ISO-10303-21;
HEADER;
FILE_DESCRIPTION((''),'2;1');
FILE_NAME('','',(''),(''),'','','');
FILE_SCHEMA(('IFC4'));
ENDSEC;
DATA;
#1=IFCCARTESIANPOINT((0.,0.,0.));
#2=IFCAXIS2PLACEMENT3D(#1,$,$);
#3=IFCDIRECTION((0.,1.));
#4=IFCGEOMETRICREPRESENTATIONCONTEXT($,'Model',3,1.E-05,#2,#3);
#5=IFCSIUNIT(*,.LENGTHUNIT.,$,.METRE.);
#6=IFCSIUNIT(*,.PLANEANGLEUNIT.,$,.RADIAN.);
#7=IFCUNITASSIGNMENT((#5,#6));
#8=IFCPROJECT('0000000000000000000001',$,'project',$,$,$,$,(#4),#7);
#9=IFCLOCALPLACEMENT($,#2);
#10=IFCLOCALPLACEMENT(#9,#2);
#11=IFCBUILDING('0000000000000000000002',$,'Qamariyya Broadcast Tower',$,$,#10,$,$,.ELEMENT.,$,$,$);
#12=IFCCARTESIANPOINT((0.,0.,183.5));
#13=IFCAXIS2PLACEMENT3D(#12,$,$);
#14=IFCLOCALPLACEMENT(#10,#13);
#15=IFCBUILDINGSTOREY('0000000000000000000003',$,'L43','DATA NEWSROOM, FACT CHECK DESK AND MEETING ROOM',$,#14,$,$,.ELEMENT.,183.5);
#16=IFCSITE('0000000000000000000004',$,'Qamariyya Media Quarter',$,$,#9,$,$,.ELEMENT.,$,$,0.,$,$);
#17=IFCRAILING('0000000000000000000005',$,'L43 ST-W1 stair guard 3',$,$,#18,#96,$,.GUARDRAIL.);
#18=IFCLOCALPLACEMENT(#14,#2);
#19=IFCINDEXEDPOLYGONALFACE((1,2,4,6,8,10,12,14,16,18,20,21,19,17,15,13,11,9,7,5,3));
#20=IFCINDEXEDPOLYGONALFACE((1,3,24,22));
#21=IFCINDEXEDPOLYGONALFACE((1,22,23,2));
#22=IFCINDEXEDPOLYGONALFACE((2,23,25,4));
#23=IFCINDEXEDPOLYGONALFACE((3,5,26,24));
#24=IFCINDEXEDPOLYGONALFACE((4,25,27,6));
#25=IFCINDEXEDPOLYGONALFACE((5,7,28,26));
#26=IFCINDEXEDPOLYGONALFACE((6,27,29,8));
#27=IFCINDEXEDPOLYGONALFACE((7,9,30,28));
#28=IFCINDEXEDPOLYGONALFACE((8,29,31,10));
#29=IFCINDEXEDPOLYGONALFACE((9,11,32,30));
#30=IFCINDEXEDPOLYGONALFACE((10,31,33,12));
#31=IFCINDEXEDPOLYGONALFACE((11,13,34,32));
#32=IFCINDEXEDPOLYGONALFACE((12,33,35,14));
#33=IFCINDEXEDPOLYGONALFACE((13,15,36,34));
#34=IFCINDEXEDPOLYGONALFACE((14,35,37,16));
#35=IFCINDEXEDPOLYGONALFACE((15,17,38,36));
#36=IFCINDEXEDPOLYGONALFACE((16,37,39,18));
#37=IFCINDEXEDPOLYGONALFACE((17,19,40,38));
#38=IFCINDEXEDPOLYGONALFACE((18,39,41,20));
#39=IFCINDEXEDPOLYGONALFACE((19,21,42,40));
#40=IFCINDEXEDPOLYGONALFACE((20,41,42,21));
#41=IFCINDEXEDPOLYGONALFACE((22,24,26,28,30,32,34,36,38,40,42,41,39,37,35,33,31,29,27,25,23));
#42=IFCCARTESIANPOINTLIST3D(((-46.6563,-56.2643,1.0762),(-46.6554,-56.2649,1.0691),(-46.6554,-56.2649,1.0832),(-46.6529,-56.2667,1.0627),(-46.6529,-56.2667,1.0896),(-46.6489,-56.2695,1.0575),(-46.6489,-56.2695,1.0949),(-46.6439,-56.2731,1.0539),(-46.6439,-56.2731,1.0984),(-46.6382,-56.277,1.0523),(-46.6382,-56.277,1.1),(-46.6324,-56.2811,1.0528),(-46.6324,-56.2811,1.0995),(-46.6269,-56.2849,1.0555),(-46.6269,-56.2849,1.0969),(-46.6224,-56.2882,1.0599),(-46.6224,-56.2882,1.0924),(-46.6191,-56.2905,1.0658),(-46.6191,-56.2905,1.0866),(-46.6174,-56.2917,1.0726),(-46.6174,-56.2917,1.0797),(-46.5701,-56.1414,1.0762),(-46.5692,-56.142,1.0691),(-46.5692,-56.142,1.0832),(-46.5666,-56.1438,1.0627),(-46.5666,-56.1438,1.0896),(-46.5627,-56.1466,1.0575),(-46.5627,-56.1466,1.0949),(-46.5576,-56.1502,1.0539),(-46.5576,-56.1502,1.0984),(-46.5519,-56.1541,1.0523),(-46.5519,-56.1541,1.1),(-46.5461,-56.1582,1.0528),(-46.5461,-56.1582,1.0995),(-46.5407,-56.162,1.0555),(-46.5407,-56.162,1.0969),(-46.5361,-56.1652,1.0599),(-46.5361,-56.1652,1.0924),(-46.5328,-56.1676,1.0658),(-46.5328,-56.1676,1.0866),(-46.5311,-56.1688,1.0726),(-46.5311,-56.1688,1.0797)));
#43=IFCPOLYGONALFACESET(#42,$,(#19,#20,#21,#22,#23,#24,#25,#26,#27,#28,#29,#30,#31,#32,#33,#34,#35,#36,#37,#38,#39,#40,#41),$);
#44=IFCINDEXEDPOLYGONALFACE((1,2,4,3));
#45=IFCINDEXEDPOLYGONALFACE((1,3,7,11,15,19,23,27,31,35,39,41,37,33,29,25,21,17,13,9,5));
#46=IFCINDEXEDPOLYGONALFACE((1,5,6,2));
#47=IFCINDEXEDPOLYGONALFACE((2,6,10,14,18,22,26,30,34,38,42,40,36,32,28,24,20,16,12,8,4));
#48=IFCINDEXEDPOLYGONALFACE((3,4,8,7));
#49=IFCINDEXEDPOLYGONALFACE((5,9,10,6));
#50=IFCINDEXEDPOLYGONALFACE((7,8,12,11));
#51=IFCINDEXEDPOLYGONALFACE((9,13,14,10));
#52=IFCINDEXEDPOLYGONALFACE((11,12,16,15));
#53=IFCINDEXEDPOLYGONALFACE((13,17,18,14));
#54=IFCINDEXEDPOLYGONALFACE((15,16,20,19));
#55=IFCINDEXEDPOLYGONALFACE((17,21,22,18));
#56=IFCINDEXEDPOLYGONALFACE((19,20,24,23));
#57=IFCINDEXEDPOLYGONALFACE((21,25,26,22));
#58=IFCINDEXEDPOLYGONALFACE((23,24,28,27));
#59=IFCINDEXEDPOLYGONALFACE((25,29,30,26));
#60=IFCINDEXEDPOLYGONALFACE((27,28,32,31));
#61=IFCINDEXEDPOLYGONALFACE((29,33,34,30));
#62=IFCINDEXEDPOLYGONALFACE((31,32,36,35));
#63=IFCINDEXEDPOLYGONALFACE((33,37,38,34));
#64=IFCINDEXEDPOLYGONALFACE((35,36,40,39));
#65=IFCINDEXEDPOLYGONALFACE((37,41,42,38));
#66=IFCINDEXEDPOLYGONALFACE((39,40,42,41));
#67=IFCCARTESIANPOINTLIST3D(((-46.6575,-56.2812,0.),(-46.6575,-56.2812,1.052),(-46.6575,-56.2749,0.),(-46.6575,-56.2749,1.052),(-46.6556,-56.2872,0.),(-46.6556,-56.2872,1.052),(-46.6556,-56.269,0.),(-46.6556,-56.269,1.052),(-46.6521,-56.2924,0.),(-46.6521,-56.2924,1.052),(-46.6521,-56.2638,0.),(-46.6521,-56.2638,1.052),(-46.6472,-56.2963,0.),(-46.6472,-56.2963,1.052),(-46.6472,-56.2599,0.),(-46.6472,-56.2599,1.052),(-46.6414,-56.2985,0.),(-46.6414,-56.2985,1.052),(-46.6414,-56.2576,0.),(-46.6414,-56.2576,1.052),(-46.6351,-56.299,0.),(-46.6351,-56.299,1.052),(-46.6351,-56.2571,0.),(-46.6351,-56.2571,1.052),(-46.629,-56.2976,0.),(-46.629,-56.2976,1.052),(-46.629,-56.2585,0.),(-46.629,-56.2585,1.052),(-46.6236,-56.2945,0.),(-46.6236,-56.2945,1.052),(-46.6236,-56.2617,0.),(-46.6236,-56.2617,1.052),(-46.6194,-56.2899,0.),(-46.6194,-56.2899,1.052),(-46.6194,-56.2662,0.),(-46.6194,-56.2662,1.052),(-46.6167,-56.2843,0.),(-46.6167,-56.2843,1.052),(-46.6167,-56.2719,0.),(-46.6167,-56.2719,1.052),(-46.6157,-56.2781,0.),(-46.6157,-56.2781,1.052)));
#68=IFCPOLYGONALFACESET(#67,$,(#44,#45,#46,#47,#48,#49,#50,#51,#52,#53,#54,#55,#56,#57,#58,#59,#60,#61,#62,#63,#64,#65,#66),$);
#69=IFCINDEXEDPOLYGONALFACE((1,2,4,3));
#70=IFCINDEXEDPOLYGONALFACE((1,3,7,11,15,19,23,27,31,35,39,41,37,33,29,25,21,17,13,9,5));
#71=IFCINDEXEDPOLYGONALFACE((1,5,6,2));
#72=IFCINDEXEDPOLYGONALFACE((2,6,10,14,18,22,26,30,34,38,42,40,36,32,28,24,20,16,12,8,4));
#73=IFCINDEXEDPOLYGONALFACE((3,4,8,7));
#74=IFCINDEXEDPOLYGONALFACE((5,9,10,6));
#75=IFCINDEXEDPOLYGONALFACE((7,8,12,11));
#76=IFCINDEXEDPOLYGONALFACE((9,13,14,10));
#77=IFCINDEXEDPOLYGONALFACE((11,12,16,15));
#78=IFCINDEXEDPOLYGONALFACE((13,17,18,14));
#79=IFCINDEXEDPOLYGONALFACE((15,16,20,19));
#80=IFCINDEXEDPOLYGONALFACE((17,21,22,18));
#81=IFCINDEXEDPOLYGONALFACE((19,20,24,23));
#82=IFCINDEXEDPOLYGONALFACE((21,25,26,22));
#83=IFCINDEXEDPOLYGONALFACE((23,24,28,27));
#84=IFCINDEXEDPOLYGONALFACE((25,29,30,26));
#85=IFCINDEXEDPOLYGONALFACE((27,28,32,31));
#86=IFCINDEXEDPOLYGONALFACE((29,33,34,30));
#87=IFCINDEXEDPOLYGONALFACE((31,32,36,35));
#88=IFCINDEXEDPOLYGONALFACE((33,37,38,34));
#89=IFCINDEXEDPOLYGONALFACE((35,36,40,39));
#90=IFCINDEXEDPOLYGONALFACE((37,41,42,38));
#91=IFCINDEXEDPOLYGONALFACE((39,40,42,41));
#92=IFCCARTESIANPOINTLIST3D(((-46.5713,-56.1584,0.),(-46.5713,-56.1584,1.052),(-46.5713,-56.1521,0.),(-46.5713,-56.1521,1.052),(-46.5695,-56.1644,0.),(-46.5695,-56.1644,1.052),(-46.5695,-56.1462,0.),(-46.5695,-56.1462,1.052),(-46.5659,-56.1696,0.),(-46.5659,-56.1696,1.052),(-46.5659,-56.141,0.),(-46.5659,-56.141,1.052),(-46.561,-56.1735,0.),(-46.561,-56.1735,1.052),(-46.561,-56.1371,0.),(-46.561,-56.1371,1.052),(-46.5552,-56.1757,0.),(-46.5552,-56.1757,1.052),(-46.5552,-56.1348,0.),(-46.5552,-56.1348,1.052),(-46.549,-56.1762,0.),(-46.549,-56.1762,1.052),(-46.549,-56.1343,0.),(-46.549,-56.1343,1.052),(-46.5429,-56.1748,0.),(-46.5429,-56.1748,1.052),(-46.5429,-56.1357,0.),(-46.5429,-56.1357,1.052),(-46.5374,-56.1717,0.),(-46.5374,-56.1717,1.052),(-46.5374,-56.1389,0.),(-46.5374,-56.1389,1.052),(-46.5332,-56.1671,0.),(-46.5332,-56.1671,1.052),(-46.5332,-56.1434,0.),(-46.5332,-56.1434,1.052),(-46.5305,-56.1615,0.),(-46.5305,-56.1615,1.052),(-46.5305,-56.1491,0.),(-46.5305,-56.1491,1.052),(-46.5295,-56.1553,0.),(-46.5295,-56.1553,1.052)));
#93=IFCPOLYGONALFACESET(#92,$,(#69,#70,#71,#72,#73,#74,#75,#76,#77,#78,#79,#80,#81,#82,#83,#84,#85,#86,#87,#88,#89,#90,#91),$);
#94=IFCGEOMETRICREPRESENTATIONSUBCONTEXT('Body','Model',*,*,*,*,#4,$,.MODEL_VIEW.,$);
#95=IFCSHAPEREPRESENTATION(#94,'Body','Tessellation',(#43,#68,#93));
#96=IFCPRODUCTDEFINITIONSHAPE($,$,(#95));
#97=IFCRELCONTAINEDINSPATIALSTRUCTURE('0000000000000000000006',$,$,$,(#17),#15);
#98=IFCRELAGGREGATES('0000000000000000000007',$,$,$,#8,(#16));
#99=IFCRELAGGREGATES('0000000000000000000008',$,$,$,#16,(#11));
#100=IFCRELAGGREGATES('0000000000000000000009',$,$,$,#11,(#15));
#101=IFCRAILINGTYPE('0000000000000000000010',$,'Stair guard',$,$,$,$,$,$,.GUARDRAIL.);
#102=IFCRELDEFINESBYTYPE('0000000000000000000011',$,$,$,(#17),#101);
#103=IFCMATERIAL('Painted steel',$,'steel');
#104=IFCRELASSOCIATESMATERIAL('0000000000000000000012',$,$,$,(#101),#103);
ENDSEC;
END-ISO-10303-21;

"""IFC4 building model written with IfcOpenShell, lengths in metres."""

from ifc_helpers import new_model, si_unit, direction, frame, origin, origin_2d, place, context, subcontext, project, spatial, circle, extrude, material, type_object, element, save


model = new_model("IFC4")

# Units and contexts
model_context = context("Model", 3, precision=1e-05, world=origin(), true_north=direction((0.0, 1.0)))
body_context = subcontext(model_context, "Body", "Model", "MODEL_VIEW")
ifc_project = project(units=[si_unit("LENGTHUNIT", "METRE"), si_unit("PLANEANGLEUNIT", "RADIAN")], contexts=[model_context])

# Site, building, storey
site_placement = place(None, origin())
site = spatial("IfcSite", under=ifc_project, at=site_placement, Name="Qamariyya Media Quarter", CompositionType="ELEMENT", RefElevation=0.0)
building_placement = place(site_placement, origin())
building = spatial("IfcBuilding", under=site, at=building_placement, Name="Qamariyya Broadcast Tower", CompositionType="ELEMENT")
storey_placement = place(building_placement, frame((0.0, 0.0, 183.5)))
storey = spatial("IfcBuildingStorey", under=building, at=storey_placement, Name="L43", Description="DATA NEWSROOM, FACT CHECK DESK AND MEETING ROOM", CompositionType="ELEMENT", Elevation=183.5)

# Railing
ifc_material_1 = material(Name="Painted steel", Category="steel")
railing_type_1 = type_object("IfcRailingType", Name="Stair guard", PredefinedType="GUARDRAIL", material=ifc_material_1)
railing_1_placement = place(storey_placement, frame((-46.6367, -56.2781, 0.0)))
element("IfcRailing", 1, at=railing_1_placement, inside=storey, type_object=railing_type_1, Name="L43 ST-W1 stair guard 3", PredefinedType="GUARDRAIL", context=body_context, shape_type="SweptSolid", body=[
    extrude(circle(Radius=0.0239, at=origin_2d()), frame((0.0, 0.0, 1.0762), z_axis=(0.574445, 0.818543, 0.0), x_axis=(-0.818543, 0.574445, 0.0)), (0.0, 0.0, 1.0), 0.1501),
    extrude(circle(Radius=0.021, at=origin_2d()), origin(), (0.0, 0.0, 1.0), 1.052),
    extrude(circle(Radius=0.021, at=origin_2d()), frame((0.0862, 0.1228, 0.0)), (0.0, 0.0, 1.0), 1.052),
])

save(model, "model.ifc")
